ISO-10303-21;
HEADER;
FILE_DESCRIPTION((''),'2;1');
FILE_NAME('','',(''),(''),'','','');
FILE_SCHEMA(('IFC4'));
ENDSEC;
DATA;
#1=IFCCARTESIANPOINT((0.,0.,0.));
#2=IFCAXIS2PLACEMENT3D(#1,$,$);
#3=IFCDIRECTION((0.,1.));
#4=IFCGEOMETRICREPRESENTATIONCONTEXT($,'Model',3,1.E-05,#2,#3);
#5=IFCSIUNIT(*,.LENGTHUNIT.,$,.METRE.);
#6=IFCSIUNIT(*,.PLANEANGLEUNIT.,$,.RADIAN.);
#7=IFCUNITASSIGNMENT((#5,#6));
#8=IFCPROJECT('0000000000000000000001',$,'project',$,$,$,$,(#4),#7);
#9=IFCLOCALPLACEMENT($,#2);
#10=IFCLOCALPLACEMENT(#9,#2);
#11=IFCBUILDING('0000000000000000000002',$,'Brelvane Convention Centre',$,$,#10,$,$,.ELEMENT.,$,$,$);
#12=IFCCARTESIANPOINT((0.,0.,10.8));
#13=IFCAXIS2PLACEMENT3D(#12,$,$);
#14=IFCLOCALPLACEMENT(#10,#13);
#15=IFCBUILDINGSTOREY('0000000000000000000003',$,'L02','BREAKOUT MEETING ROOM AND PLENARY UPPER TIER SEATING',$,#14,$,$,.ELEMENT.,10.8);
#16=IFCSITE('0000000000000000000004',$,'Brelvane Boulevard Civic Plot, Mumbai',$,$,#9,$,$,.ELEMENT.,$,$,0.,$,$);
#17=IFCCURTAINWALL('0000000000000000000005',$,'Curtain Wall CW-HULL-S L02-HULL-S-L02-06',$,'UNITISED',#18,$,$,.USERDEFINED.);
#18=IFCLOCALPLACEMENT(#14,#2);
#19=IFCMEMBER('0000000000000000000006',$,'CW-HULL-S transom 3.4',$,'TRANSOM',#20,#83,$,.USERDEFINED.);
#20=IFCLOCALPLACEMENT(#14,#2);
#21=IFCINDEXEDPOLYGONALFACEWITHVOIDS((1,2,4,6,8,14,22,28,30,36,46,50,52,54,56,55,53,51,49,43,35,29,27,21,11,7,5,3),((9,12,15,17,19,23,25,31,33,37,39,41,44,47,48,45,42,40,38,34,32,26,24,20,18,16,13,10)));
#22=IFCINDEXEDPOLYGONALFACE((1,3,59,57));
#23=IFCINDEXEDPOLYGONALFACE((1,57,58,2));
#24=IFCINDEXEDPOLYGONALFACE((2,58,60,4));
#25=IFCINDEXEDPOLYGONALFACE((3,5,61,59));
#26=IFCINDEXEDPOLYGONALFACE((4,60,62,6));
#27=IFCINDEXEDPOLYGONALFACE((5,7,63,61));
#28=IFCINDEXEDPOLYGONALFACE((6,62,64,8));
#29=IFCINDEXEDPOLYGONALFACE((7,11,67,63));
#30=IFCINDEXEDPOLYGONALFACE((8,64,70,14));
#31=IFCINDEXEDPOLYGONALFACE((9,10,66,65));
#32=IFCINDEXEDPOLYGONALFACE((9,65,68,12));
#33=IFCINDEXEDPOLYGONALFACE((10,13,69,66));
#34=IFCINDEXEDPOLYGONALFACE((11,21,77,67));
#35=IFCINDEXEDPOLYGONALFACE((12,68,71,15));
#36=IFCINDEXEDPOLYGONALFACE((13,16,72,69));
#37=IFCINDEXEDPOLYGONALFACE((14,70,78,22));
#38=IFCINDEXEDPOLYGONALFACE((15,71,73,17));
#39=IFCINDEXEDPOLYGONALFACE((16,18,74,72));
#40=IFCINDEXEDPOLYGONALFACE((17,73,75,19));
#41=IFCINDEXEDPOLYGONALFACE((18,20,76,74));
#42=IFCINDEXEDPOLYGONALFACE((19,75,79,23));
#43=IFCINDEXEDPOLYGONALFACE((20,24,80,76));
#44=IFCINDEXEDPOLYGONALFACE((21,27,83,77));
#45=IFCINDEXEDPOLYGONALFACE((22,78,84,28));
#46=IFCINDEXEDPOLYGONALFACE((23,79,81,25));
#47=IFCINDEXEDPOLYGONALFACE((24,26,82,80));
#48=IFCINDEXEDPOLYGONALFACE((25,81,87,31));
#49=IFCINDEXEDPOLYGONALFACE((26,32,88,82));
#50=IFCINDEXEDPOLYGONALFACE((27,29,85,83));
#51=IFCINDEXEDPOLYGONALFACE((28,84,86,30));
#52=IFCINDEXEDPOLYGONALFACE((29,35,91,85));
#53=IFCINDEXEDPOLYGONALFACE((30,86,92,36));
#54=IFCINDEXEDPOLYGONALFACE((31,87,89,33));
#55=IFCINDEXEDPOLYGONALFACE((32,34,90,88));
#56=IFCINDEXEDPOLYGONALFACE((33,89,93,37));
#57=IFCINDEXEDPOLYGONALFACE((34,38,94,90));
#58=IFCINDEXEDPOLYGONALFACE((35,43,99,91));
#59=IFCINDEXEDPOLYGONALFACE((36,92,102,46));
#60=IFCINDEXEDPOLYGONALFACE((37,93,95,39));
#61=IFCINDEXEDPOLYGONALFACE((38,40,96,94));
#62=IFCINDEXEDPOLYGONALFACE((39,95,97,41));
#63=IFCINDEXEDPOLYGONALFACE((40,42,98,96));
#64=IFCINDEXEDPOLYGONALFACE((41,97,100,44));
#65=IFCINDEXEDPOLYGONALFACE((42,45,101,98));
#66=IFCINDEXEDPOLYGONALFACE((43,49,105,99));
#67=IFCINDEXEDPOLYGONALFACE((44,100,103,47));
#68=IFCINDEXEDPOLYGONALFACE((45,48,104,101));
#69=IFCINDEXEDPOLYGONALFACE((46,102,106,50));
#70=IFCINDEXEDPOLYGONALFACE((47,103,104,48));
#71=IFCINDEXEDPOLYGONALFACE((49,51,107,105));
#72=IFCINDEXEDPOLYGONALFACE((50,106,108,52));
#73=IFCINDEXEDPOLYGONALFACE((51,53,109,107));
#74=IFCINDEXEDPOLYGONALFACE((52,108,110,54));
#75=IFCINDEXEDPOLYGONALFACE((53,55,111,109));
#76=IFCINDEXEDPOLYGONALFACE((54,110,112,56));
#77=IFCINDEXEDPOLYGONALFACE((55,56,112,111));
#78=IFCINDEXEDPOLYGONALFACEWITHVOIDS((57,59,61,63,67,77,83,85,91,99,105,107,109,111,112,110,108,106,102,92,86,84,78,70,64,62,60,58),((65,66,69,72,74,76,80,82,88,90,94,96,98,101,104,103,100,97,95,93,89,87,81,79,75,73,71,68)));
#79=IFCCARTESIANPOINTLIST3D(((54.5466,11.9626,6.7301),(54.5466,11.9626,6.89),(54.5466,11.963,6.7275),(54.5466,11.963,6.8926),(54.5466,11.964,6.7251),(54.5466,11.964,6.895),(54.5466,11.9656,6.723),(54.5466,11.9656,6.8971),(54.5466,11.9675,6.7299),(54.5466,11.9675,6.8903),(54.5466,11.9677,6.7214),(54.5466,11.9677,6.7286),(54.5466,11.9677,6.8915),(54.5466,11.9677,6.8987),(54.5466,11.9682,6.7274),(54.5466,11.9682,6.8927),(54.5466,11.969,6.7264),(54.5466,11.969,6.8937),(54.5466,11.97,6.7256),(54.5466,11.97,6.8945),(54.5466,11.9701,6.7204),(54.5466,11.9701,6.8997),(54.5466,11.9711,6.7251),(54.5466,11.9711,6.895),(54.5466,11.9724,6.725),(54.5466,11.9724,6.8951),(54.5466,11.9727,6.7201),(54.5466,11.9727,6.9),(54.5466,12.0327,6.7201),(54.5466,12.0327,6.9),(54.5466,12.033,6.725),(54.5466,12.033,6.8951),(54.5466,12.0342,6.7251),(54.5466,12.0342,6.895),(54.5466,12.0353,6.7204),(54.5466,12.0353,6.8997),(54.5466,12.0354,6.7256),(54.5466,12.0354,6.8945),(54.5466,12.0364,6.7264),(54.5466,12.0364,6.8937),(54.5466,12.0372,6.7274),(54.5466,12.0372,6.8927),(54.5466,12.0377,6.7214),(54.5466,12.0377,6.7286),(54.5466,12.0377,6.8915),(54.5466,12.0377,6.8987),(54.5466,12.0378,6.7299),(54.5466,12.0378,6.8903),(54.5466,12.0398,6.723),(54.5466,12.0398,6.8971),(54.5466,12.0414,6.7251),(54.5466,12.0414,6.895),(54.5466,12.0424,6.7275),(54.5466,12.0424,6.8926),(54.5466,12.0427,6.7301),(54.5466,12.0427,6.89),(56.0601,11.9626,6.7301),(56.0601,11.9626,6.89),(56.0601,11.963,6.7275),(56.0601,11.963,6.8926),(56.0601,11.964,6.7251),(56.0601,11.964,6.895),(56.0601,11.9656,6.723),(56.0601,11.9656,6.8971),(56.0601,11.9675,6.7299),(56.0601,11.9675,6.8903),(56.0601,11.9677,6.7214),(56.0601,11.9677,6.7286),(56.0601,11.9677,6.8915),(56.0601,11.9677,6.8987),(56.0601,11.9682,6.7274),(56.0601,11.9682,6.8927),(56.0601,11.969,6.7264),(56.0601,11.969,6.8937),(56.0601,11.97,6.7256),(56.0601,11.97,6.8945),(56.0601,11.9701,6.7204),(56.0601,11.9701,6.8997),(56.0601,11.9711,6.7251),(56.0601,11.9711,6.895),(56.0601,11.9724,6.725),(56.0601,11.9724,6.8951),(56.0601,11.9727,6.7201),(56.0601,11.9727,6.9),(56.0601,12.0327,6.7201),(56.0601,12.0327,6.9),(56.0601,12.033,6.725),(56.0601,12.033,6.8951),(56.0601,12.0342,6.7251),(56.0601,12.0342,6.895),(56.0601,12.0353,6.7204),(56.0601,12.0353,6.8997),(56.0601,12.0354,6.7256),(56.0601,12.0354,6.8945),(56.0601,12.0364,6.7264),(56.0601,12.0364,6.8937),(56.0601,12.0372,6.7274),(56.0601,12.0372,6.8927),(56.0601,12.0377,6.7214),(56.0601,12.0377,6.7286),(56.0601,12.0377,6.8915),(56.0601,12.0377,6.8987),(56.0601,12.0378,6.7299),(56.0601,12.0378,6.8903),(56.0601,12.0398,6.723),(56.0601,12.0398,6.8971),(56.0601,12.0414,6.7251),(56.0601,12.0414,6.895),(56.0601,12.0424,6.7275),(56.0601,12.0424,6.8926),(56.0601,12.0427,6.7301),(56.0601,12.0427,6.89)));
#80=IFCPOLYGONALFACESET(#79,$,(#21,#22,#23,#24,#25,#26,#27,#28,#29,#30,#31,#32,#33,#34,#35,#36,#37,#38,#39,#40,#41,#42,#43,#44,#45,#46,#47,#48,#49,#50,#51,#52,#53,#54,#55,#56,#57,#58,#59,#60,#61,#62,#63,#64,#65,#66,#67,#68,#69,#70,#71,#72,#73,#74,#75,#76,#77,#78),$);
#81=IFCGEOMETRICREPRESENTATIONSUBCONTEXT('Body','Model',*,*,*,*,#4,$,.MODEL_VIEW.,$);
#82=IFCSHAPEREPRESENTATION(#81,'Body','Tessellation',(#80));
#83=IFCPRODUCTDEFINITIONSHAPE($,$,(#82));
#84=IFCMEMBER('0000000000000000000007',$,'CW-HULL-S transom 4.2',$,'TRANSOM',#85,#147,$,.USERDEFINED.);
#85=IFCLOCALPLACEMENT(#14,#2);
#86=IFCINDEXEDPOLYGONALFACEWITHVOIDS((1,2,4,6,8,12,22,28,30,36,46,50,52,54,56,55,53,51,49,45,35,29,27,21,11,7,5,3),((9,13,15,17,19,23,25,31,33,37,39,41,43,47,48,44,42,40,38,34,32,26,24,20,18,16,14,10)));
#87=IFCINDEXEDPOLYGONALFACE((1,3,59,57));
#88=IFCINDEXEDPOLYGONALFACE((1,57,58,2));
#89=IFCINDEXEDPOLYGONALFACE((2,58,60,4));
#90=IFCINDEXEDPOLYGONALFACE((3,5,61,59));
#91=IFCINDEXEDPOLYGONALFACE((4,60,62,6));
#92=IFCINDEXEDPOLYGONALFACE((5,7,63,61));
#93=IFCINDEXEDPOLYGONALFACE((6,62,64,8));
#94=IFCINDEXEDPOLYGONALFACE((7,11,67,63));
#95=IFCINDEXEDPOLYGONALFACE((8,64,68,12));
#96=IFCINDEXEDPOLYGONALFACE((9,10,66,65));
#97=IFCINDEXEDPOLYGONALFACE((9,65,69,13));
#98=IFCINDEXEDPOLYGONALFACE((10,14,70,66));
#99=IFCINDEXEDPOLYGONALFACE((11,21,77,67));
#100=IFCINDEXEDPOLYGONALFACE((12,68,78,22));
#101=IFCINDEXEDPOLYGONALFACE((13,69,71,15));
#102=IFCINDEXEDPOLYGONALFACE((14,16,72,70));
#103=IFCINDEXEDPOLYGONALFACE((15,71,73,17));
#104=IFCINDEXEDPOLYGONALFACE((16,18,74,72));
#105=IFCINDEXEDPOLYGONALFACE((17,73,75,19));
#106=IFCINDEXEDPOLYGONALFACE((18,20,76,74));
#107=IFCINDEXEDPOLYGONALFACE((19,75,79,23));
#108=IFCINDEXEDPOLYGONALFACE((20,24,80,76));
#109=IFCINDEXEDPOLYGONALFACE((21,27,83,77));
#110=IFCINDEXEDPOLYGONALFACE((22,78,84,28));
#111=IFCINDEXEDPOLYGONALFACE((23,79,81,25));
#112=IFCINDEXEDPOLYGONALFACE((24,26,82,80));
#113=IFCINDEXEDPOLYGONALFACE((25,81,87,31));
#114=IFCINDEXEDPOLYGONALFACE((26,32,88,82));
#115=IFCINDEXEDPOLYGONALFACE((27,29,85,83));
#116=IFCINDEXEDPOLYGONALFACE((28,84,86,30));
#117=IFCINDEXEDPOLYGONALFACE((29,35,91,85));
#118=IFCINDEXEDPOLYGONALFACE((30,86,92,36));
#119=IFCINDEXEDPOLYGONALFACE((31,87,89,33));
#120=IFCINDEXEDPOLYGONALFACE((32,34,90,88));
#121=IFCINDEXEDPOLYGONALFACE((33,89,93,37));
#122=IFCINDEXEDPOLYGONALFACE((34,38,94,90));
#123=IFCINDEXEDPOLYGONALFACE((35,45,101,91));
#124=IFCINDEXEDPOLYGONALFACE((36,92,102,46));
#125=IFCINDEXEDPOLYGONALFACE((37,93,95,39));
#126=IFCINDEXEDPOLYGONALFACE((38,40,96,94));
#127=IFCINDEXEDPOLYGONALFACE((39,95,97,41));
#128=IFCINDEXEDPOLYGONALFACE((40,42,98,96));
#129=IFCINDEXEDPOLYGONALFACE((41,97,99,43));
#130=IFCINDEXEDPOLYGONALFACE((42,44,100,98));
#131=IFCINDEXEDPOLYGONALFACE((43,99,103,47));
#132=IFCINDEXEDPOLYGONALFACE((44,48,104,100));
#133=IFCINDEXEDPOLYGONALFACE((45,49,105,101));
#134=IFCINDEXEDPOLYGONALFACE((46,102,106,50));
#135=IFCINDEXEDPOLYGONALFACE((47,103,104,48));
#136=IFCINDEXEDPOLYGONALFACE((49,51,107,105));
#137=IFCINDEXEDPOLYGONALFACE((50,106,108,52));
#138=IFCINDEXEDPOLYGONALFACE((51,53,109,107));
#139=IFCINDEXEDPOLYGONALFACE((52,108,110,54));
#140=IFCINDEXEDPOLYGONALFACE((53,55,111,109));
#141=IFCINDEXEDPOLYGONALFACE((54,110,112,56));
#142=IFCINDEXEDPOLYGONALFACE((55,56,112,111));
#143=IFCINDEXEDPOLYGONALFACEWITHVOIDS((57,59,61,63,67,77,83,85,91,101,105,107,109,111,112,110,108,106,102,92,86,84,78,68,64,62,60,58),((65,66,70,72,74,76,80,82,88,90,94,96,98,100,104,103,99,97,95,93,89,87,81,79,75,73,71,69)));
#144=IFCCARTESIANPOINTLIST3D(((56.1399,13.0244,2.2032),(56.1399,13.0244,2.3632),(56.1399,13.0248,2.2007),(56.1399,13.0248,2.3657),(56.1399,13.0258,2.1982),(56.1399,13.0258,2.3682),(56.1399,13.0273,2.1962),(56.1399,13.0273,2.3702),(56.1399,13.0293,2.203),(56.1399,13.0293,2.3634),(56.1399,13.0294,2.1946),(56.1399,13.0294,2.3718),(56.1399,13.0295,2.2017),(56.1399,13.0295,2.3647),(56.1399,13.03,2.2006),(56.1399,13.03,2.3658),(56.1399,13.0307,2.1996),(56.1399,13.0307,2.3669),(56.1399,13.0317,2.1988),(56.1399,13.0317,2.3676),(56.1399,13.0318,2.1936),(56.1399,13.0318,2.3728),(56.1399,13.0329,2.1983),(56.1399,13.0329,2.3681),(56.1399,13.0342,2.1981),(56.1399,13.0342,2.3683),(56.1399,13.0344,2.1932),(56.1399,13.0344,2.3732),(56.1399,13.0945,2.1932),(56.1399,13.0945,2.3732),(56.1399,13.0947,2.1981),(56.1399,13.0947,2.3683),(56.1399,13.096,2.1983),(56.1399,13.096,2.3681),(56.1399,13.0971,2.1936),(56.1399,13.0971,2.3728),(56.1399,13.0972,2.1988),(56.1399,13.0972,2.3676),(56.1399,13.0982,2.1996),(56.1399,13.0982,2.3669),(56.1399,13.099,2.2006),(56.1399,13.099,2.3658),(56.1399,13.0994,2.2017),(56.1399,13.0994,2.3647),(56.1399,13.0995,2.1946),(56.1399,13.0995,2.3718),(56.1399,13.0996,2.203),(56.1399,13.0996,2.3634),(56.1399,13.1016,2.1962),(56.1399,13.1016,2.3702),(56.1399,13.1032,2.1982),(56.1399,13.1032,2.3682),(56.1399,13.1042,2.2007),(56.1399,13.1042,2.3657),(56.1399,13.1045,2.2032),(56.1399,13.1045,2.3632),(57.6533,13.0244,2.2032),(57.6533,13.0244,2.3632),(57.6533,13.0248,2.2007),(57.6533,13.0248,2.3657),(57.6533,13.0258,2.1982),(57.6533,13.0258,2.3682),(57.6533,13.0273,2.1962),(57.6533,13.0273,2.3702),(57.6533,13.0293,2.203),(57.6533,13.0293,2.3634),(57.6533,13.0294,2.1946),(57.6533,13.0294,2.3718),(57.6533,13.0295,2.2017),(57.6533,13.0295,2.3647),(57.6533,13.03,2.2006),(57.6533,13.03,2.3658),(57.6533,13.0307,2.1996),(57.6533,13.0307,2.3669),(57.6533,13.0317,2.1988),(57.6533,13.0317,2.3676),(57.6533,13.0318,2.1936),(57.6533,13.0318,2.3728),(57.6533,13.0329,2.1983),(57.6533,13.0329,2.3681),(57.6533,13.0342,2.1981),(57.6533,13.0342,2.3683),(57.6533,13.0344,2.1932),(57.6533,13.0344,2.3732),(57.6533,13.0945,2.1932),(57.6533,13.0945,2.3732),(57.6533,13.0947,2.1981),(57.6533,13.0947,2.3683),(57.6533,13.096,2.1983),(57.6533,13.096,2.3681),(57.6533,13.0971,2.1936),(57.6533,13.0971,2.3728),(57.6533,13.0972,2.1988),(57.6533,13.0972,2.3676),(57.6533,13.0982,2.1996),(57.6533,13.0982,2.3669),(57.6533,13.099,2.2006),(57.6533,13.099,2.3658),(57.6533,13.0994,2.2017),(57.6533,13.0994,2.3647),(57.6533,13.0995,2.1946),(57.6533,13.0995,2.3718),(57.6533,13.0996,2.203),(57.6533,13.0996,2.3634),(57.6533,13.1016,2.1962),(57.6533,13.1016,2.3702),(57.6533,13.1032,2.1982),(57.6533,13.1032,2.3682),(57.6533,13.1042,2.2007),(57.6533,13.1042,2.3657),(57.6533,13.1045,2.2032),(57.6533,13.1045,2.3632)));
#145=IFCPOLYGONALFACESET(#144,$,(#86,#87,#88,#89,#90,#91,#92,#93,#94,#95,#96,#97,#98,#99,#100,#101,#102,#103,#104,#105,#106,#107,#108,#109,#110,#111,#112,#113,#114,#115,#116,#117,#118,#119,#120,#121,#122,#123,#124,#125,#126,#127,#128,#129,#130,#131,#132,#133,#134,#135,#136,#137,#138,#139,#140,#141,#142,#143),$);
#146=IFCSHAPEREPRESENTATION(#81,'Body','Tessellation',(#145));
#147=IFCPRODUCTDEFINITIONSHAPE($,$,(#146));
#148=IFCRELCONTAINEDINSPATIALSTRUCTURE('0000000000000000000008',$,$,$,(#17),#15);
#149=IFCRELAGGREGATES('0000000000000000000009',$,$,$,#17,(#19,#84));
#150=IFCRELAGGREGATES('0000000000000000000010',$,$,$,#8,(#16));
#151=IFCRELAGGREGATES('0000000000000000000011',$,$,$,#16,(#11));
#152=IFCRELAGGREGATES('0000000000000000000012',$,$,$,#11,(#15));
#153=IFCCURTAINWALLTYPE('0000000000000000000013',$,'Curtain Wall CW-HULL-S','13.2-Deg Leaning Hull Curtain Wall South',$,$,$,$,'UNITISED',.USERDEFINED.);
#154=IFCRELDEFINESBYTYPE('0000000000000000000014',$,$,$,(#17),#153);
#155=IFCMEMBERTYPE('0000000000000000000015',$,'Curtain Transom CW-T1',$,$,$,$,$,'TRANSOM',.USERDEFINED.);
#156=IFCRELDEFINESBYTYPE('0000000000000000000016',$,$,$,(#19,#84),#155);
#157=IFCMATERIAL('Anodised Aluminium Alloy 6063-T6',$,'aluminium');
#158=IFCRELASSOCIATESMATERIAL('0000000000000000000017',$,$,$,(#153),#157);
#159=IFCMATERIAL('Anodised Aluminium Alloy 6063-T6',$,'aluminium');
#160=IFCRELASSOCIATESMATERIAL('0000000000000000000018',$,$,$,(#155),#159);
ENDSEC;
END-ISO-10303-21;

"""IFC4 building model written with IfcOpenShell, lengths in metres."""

from ifc_helpers import new_model, si_unit, direction, frame, origin, origin_2d, place, context, subcontext, project, spatial, hollow_rectangle, extrude, material, material_profile, profile_set, type_object, element, aggregate, save


model = new_model("IFC4")

# Units and contexts
model_context = context("Model", 3, precision=1e-05, world=origin(), true_north=direction((0.0, 1.0)))
body_context = subcontext(model_context, "Body", "Model", "MODEL_VIEW")
ifc_project = project(units=[si_unit("LENGTHUNIT", "METRE"), si_unit("PLANEANGLEUNIT", "RADIAN")], contexts=[model_context])

# Site, building, storey
site_placement = place(None, origin())
site = spatial("IfcSite", under=ifc_project, at=site_placement, Name="Brelvane Boulevard Civic Plot, Mumbai", CompositionType="ELEMENT", RefElevation=0.0)
building_placement = place(site_placement, origin())
building = spatial("IfcBuilding", under=site, at=building_placement, Name="Brelvane Convention Centre", CompositionType="ELEMENT")
storey_placement = place(building_placement, frame((0.0, 0.0, 10.8)))
storey = spatial("IfcBuildingStorey", under=building, at=storey_placement, Name="L02", Description="BREAKOUT MEETING ROOM AND PLENARY UPPER TIER SEATING", CompositionType="ELEMENT", Elevation=10.8)

# Curtain wall, members
ifc_material_1 = material(Name="Anodised Aluminium Alloy 6063-T6", Category="aluminium")
curtain_wall_type = type_object("IfcCurtainWallType", Name="Curtain Wall CW-HULL-S", Description="13.2-Deg Leaning Hull Curtain Wall South", ElementType="UNITISED", PredefinedType="USERDEFINED", material=ifc_material_1)
curtain_wall_placement = place(storey_placement, origin())
curtain_wall = element("IfcCurtainWall", 1, at=curtain_wall_placement, inside=storey, type_object=curtain_wall_type, Name="Curtain Wall CW-HULL-S L02-HULL-S-L02-06", ObjectType="UNITISED", PredefinedType="USERDEFINED")
ifc_material_2 = material(Name="Anodised Aluminium Alloy 6063-T6", Category="aluminium")
ifc_material_profile = material_profile(ifc_material_2, hollow_rectangle(XDim=0.0801, YDim=0.1799, WallThickness=0.0049, InnerFilletRadius=0.0049, OuterFilletRadius=0.01, at=origin_2d()), Name="ALU-T 180x80x5.0")
ifc_profile_set = profile_set([ifc_material_profile], Name="Anodised Aluminium Alloy 6063-T6")
member_type = type_object("IfcMemberType", Name="Curtain Transom CW-T1", ElementType="TRANSOM", PredefinedType="USERDEFINED", material=ifc_profile_set)
member_1_placement = place(storey_placement, frame((54.5466, 12.0027, 6.8101), z_axis=(1.0, 0.0, 0.0), x_axis=(0.0, 1.0, 0.0)))
member_1 = element("IfcMember", 2, at=member_1_placement, type_object=member_type, Name="CW-HULL-S transom 3.4", ObjectType="TRANSOM", PredefinedType="USERDEFINED", context=body_context, shape_type="SweptSolid", body=[
    extrude(hollow_rectangle(XDim=0.0801, YDim=0.1799, WallThickness=0.0049, InnerFilletRadius=0.0049, OuterFilletRadius=0.01, at=origin_2d()), origin(), (0.0, 0.0, 1.0), 1.5134),
])
member_2_placement = place(storey_placement, frame((56.1399, 13.0645, 2.2832), z_axis=(1.0, 0.0, 0.0), x_axis=(0.0, 1.0, 0.0)))
member_2 = element("IfcMember", 3, at=member_2_placement, type_object=member_type, Name="CW-HULL-S transom 4.2", ObjectType="TRANSOM", PredefinedType="USERDEFINED", context=body_context, shape_type="SweptSolid", body=[
    extrude(hollow_rectangle(XDim=0.0801, YDim=0.1799, WallThickness=0.0049, InnerFilletRadius=0.0049, OuterFilletRadius=0.01, at=origin_2d()), origin(), (0.0, 0.0, 1.0), 1.5134),
])
aggregate(curtain_wall, [member_1, member_2])

save(model, "model.ifc")
